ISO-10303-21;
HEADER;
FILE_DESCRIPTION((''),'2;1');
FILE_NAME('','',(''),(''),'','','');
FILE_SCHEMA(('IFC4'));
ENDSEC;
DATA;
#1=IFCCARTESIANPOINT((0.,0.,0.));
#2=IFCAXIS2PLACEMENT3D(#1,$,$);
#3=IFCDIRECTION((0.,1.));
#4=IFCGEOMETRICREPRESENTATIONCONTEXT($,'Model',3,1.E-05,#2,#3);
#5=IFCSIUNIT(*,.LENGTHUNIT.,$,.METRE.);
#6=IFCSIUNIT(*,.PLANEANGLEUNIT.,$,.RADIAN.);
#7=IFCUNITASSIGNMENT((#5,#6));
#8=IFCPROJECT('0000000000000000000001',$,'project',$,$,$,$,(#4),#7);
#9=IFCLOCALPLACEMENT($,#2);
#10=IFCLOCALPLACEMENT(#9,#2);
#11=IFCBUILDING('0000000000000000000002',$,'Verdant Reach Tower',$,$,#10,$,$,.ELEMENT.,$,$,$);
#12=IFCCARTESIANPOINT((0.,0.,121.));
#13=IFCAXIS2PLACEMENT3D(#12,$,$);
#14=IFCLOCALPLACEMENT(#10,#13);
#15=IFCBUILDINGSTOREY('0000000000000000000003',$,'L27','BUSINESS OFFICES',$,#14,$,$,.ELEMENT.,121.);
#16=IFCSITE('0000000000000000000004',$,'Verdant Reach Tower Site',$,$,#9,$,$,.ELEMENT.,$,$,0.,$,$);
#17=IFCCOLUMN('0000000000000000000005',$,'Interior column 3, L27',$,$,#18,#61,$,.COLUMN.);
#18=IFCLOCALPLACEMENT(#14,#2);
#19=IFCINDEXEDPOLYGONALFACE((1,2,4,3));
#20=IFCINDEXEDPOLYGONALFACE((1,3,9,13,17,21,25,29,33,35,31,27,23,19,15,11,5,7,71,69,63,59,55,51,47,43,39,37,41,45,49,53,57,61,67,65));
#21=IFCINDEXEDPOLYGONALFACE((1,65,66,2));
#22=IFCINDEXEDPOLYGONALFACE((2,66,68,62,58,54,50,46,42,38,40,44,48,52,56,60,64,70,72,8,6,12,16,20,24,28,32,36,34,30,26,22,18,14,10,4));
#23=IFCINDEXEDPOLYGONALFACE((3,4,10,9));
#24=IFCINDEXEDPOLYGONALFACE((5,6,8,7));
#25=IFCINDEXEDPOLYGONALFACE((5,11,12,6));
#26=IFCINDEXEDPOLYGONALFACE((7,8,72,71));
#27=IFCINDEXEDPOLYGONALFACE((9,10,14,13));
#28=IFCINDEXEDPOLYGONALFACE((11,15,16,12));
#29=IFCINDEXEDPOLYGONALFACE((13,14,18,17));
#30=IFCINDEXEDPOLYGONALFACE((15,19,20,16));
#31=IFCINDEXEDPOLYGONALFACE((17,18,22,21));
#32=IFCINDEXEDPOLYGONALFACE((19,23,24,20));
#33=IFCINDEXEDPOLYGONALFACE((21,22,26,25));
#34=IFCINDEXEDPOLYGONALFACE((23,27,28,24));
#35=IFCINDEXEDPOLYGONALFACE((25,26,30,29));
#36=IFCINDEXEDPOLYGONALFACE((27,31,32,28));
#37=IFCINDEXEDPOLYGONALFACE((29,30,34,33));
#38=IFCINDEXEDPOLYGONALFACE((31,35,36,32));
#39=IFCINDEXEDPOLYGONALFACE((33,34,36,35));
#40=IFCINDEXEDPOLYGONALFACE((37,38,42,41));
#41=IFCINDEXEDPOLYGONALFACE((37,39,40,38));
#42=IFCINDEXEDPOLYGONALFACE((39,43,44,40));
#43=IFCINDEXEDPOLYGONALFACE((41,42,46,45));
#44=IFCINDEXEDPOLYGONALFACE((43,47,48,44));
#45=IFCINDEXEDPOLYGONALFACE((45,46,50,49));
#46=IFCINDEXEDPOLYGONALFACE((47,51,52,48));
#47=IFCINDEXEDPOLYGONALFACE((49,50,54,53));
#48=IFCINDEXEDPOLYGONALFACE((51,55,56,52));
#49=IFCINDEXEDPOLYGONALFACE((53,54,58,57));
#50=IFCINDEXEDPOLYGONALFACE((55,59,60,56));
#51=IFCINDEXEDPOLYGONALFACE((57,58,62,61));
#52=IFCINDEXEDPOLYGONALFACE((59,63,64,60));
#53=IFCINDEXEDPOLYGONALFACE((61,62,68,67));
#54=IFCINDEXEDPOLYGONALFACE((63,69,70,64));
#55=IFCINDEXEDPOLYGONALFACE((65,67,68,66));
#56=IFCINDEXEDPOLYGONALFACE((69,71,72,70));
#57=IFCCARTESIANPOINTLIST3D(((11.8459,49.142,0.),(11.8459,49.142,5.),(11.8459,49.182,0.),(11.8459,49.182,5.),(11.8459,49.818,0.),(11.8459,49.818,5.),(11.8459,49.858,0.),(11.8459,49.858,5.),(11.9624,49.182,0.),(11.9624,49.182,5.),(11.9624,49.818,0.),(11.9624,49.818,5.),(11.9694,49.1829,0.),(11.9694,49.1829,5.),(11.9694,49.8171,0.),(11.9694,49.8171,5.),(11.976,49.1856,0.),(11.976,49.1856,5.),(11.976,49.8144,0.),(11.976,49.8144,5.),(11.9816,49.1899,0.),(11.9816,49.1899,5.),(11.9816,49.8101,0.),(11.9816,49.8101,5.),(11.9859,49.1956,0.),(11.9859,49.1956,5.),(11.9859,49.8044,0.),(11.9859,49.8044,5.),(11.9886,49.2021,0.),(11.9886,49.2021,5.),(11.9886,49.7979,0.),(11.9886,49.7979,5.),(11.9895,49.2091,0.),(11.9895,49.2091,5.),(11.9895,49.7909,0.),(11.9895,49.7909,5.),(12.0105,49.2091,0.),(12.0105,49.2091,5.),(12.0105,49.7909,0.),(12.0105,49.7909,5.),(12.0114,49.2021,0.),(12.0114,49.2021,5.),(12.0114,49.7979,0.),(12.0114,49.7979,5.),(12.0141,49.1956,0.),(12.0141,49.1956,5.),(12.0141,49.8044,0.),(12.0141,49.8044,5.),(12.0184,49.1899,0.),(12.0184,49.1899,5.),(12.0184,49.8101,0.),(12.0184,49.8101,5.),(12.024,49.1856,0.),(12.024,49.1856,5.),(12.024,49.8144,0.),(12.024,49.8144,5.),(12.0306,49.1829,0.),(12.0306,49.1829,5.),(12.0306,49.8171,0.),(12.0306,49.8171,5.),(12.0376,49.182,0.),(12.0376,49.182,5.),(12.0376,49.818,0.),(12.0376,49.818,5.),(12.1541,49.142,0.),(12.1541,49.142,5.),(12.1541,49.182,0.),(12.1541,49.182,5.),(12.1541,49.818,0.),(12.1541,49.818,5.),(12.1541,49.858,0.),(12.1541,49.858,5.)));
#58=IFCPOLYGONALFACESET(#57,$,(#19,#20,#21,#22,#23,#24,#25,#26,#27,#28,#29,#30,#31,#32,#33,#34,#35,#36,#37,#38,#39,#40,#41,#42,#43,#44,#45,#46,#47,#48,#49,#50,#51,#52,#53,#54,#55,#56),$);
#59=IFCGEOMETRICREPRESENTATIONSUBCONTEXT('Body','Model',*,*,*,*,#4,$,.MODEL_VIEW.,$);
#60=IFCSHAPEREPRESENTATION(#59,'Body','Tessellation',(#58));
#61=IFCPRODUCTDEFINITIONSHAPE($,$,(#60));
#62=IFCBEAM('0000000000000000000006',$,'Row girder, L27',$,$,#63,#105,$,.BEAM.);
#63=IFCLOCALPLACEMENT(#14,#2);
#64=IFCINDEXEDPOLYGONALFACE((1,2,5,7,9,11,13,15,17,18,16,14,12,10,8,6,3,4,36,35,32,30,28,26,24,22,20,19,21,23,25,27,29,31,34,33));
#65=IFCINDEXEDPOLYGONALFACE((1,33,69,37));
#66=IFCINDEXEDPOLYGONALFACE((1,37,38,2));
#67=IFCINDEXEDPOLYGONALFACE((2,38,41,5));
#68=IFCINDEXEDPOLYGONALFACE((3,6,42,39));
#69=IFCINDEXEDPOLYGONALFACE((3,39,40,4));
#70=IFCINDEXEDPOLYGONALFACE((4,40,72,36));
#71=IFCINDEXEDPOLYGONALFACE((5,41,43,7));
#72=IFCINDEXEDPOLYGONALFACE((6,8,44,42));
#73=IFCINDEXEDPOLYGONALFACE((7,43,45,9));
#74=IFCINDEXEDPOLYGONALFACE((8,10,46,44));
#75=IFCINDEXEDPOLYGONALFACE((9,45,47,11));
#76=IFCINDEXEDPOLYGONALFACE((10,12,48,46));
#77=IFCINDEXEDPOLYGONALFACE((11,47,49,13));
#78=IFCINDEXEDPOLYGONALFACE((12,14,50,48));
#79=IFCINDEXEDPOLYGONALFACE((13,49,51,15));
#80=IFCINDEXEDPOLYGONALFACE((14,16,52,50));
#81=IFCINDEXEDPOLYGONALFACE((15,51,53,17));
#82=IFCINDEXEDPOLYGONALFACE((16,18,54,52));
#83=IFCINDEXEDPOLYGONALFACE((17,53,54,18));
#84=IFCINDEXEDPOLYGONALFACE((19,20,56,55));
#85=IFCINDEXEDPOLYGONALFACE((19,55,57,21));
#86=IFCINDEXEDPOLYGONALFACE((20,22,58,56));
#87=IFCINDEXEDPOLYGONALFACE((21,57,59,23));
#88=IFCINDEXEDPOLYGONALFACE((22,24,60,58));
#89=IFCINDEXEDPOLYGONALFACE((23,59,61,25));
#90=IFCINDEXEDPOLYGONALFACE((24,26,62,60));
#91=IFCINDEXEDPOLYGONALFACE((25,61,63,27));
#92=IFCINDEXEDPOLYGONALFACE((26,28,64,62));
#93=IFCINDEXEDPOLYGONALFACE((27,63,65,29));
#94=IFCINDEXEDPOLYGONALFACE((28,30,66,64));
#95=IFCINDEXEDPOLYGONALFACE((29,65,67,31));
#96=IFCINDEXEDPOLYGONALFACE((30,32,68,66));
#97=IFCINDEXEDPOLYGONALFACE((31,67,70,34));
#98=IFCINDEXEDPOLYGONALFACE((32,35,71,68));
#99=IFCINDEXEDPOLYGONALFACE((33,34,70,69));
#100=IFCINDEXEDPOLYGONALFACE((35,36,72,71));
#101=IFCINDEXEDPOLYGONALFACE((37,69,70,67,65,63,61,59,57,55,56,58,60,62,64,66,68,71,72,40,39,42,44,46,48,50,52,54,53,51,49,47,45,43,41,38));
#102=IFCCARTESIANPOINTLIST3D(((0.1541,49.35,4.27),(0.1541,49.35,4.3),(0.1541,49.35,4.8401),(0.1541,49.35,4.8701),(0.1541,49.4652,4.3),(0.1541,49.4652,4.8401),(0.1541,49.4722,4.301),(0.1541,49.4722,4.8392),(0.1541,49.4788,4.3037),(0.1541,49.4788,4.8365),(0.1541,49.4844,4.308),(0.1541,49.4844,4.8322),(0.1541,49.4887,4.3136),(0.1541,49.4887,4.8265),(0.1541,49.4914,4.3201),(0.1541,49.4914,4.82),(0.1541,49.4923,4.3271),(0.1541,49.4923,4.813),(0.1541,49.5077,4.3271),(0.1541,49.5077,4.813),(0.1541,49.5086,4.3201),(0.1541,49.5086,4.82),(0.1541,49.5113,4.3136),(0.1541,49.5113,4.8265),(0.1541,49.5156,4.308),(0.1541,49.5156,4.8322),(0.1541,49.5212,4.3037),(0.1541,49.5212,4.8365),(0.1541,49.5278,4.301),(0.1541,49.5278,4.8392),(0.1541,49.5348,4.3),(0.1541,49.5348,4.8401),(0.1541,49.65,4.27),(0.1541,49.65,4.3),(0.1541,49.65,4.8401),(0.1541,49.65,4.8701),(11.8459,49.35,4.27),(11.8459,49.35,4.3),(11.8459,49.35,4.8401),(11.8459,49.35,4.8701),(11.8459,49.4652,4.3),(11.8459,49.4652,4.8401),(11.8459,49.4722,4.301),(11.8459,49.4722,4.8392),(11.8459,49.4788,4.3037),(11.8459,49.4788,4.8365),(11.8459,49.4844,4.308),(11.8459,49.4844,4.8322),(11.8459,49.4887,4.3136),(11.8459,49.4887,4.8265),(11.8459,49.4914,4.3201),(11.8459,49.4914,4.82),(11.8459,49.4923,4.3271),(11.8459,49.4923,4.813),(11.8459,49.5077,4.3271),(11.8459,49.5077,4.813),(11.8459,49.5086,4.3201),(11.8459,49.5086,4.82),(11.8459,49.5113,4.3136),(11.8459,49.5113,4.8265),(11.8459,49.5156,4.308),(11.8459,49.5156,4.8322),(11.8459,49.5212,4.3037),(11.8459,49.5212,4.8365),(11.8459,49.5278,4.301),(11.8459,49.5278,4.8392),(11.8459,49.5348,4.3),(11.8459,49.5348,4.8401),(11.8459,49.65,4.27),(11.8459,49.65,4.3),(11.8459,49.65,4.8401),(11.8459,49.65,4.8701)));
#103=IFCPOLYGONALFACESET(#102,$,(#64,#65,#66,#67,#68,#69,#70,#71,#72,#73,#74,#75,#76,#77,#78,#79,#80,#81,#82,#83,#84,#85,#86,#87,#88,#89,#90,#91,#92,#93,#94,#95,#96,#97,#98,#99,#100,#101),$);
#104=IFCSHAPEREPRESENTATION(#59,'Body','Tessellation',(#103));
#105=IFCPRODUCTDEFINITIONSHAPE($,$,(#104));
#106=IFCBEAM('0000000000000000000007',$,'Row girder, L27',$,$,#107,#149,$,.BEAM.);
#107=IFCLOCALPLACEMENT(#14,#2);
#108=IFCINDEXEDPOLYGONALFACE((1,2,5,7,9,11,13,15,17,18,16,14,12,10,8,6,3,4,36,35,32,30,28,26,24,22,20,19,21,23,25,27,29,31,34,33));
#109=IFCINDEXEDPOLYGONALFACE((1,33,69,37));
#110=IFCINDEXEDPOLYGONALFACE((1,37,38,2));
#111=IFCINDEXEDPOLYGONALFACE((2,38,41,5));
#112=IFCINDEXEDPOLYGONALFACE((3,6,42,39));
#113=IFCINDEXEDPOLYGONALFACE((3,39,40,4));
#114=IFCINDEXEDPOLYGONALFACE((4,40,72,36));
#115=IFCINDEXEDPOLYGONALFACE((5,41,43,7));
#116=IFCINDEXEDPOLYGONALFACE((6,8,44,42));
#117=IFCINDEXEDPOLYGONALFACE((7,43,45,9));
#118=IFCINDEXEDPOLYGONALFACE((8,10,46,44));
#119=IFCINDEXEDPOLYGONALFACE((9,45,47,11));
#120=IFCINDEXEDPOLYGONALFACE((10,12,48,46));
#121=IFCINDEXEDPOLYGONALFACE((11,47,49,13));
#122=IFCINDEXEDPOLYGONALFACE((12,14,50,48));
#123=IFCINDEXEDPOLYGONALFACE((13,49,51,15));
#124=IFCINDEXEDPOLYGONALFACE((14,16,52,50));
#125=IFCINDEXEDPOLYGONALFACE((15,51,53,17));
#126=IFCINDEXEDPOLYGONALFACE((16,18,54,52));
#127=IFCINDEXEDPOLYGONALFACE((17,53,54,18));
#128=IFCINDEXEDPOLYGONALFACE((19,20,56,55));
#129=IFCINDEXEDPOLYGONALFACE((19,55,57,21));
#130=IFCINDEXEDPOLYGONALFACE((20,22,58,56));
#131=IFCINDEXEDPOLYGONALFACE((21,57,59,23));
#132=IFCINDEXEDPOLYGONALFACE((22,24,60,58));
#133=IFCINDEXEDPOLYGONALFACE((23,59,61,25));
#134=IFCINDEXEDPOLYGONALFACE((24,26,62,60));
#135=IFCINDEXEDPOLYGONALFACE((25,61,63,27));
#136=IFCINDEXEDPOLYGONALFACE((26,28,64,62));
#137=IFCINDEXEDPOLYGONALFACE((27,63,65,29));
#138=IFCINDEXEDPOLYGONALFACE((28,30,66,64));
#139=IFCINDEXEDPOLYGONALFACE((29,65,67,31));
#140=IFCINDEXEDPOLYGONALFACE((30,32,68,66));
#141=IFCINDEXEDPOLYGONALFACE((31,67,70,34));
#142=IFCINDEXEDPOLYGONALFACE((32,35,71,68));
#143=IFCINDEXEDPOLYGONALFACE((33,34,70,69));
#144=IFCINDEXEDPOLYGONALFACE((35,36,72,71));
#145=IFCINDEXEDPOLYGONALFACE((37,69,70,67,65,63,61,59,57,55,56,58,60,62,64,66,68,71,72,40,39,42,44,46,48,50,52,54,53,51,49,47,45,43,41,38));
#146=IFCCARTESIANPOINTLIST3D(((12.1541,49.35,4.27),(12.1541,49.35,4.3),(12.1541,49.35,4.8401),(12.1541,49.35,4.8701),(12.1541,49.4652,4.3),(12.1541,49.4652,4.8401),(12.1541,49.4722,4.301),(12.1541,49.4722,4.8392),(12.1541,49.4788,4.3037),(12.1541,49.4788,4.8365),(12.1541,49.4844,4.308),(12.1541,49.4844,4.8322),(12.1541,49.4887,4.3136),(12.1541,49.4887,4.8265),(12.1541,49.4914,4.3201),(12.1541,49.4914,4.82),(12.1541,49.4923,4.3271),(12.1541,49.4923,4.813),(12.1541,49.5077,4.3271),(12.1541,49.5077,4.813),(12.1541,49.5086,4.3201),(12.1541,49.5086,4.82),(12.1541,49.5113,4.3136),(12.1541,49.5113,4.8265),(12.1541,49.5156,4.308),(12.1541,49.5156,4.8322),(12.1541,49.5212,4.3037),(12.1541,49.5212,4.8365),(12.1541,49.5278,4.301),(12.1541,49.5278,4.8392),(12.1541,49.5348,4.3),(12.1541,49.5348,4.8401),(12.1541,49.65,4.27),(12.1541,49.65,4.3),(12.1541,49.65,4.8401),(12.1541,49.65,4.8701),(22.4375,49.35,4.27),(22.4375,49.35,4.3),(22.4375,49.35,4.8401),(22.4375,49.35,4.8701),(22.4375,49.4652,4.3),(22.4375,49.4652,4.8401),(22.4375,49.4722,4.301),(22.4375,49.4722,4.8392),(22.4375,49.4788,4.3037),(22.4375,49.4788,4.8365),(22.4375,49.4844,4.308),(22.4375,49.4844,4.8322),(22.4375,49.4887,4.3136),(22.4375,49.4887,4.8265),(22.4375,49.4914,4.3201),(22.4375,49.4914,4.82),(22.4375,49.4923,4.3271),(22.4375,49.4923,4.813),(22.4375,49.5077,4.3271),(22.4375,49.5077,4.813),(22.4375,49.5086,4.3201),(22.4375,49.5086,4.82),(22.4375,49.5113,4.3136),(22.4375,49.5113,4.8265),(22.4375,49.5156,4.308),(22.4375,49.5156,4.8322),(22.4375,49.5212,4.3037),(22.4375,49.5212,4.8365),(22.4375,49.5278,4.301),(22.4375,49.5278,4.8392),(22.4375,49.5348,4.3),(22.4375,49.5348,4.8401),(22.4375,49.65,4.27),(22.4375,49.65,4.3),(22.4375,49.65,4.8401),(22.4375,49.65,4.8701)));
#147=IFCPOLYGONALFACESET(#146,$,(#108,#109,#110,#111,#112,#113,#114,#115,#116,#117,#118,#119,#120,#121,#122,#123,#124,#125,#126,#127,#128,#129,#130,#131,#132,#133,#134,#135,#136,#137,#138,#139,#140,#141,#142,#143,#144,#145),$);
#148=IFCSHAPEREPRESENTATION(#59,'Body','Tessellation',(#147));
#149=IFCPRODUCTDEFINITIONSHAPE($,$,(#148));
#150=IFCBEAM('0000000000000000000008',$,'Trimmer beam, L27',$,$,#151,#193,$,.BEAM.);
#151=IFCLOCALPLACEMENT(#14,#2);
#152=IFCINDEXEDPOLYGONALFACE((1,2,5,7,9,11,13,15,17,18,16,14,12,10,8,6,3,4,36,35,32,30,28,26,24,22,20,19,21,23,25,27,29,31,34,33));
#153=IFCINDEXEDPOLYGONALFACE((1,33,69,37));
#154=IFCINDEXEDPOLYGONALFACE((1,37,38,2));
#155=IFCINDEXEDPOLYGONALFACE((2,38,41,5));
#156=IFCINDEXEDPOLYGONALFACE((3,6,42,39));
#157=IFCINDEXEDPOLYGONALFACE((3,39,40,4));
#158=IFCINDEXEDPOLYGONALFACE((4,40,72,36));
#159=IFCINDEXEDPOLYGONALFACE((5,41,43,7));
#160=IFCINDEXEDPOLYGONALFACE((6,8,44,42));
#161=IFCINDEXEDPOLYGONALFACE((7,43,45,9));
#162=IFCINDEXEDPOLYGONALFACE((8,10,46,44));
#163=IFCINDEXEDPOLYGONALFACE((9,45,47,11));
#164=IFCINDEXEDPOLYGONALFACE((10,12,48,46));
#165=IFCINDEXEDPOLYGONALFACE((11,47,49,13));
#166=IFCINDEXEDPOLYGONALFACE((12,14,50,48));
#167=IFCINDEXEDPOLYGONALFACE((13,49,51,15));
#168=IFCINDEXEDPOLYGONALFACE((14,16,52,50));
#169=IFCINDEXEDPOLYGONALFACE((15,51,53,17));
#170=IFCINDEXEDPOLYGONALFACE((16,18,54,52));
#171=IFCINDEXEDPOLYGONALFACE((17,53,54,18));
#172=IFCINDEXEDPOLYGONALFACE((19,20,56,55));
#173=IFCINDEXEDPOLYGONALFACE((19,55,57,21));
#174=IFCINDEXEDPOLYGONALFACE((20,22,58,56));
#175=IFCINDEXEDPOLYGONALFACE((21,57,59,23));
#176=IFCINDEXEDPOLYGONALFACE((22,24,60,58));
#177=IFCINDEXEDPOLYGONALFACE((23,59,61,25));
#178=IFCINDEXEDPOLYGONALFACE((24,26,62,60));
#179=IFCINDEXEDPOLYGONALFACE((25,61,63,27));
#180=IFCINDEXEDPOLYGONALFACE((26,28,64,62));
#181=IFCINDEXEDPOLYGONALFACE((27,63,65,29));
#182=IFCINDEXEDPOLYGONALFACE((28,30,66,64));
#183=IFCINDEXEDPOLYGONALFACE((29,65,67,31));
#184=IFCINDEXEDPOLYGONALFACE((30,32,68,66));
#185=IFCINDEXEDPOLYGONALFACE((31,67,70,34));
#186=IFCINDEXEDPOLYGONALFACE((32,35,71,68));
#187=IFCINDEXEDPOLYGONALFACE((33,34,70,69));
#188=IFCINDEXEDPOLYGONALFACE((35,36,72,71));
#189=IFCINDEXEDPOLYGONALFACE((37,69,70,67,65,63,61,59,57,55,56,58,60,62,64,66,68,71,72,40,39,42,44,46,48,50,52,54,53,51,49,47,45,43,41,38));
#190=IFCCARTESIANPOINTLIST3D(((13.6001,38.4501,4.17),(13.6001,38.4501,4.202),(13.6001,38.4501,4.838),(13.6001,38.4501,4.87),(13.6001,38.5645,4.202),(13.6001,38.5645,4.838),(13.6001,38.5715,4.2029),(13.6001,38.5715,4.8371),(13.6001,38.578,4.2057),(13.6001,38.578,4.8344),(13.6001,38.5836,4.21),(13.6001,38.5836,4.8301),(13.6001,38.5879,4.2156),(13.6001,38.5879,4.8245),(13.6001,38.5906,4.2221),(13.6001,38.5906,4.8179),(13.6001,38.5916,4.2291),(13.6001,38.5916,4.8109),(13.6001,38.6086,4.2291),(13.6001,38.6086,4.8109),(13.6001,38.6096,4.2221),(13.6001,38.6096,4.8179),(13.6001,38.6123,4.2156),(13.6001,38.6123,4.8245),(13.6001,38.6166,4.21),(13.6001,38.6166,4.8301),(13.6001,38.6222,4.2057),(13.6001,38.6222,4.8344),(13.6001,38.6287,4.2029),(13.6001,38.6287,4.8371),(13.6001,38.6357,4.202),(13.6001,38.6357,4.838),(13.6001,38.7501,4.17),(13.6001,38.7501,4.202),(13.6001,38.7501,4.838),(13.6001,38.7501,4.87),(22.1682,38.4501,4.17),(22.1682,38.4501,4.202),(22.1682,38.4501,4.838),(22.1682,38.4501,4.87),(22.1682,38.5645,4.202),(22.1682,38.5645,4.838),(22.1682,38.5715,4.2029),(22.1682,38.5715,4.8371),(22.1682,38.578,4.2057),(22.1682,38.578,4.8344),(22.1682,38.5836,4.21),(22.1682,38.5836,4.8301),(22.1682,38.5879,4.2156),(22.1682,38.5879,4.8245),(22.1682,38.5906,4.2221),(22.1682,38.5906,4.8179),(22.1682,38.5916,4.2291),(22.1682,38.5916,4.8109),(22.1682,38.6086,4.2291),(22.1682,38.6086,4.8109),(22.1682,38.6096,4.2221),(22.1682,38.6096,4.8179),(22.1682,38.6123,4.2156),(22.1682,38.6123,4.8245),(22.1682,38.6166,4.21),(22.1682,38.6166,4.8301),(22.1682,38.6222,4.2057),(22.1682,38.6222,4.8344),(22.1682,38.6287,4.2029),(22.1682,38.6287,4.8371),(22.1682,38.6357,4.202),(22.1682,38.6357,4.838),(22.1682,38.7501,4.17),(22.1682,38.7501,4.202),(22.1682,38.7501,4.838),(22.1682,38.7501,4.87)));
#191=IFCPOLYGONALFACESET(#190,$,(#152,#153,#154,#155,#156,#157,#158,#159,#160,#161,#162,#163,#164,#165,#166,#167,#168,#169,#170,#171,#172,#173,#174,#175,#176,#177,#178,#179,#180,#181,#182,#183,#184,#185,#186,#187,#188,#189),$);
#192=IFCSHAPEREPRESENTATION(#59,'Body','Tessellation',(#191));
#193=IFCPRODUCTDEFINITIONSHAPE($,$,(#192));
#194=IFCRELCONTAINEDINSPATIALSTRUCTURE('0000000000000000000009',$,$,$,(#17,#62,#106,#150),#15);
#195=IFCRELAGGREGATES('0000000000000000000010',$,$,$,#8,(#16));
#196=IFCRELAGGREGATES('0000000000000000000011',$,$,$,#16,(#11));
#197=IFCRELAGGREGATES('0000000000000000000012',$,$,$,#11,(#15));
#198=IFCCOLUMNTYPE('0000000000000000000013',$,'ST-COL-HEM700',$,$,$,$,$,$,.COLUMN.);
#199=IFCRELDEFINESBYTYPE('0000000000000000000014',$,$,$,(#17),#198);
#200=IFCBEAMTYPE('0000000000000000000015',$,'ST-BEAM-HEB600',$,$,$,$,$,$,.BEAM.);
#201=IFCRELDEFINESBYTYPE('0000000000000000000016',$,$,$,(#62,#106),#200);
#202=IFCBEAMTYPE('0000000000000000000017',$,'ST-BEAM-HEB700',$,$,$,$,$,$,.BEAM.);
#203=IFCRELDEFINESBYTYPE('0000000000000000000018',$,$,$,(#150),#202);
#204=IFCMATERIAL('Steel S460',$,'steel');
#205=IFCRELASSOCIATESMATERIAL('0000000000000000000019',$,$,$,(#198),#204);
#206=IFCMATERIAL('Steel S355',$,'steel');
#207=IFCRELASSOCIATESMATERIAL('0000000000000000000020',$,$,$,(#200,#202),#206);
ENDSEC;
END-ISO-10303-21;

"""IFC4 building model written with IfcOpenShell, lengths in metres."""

from ifc_helpers import new_model, si_unit, direction, frame, origin, origin_2d, place, context, subcontext, project, spatial, i_section, extrude, material, material_profile, profile_set, type_object, element, save


model = new_model("IFC4")

# Units and contexts
model_context = context("Model", 3, precision=1e-05, world=origin(), true_north=direction((0.0, 1.0)))
body_context = subcontext(model_context, "Body", "Model", "MODEL_VIEW")
ifc_project = project(units=[si_unit("LENGTHUNIT", "METRE"), si_unit("PLANEANGLEUNIT", "RADIAN")], contexts=[model_context])

# Site, building, storey
site_placement = place(None, origin())
site = spatial("IfcSite", under=ifc_project, at=site_placement, Name="Verdant Reach Tower Site", CompositionType="ELEMENT", RefElevation=0.0)
building_placement = place(site_placement, origin())
building = spatial("IfcBuilding", under=site, at=building_placement, Name="Verdant Reach Tower", CompositionType="ELEMENT")
storey_placement = place(building_placement, frame((0.0, 0.0, 121.0)))
storey = spatial("IfcBuildingStorey", under=building, at=storey_placement, Name="L27", Description="BUSINESS OFFICES", CompositionType="ELEMENT", Elevation=121.0)

# Column
ifc_material_1 = material(Name="Steel S460", Category="steel")
ifc_material_profile_1 = material_profile(ifc_material_1, i_section(OverallWidth=0.3081, OverallDepth=0.7161, WebThickness=0.021, FlangeThickness=0.04, FilletRadius=0.0271, at=origin_2d()), Name="HEM 700")
ifc_profile_set_1 = profile_set([ifc_material_profile_1], Name="Steel S460")
column_type = type_object("IfcColumnType", Name="ST-COL-HEM700", PredefinedType="COLUMN", material=ifc_profile_set_1)
column_placement = place(storey_placement, frame((12.0, 49.5, 0.0), z_axis=(0.0, 0.0, 1.0), x_axis=(1.0, 0.0, 0.0)))
element("IfcColumn", 1, at=column_placement, inside=storey, type_object=column_type, Name="Interior column 3, L27", PredefinedType="COLUMN", context=body_context, shape_type="SweptSolid", body=[
    extrude(i_section(OverallWidth=0.3081, OverallDepth=0.7161, WebThickness=0.021, FlangeThickness=0.04, FilletRadius=0.0271, at=origin_2d()), origin(), (0.0, 0.0, 1.0), 5.0),
])

# Beams
ifc_material_2 = material(Name="Steel S355", Category="steel")
ifc_material_profile_2 = material_profile(ifc_material_2, i_section(OverallWidth=0.3, OverallDepth=0.6001, WebThickness=0.0154, FlangeThickness=0.03, FilletRadius=0.0271, at=origin_2d()), Name="HEB 600")
ifc_profile_set_2 = profile_set([ifc_material_profile_2], Name="Steel S355")
beam_type_1 = type_object("IfcBeamType", Name="ST-BEAM-HEB600", PredefinedType="BEAM", material=ifc_profile_set_2)
beam_1_placement = place(storey_placement, frame((0.1541, 49.5, 4.5701), z_axis=(1.0, 0.0, 0.0), x_axis=(0.0, 1.0, 0.0)))
element("IfcBeam", 2, at=beam_1_placement, inside=storey, type_object=beam_type_1, Name="Row girder, L27", PredefinedType="BEAM", context=body_context, shape_type="SweptSolid", body=[
    extrude(i_section(OverallWidth=0.3, OverallDepth=0.6001, WebThickness=0.0154, FlangeThickness=0.03, FilletRadius=0.0271, at=origin_2d()), origin(), (0.0, 0.0, 1.0), 11.6919),
])
beam_2_placement = place(storey_placement, frame((12.1541, 49.5, 4.5701), z_axis=(1.0, 0.0, 0.0), x_axis=(0.0, 1.0, 0.0)))
element("IfcBeam", 3, at=beam_2_placement, inside=storey, type_object=beam_type_1, Name="Row girder, L27", PredefinedType="BEAM", context=body_context, shape_type="SweptSolid", body=[
    extrude(i_section(OverallWidth=0.3, OverallDepth=0.6001, WebThickness=0.0154, FlangeThickness=0.03, FilletRadius=0.0271, at=origin_2d()), origin(), (0.0, 0.0, 1.0), 10.2834),
])
ifc_material_profile_3 = material_profile(ifc_material_2, i_section(OverallWidth=0.3, OverallDepth=0.7, WebThickness=0.0171, FlangeThickness=0.032, FilletRadius=0.0271, at=origin_2d()), Name="HEB 700")
ifc_profile_set_3 = profile_set([ifc_material_profile_3], Name="Steel S355")
beam_type_2 = type_object("IfcBeamType", Name="ST-BEAM-HEB700", PredefinedType="BEAM", material=ifc_profile_set_3)
beam_3_placement = place(storey_placement, frame((13.6001, 38.6001, 4.52), z_axis=(1.0, 0.0, 0.0), x_axis=(0.0, 1.0, 0.0)))
element("IfcBeam", 4, at=beam_3_placement, inside=storey, type_object=beam_type_2, Name="Trimmer beam, L27", PredefinedType="BEAM", context=body_context, shape_type="SweptSolid", body=[
    extrude(i_section(OverallWidth=0.3, OverallDepth=0.7, WebThickness=0.0171, FlangeThickness=0.032, FilletRadius=0.0271, at=origin_2d()), origin(), (0.0, 0.0, 1.0), 8.5681),
])

save(model, "model.ifc")
